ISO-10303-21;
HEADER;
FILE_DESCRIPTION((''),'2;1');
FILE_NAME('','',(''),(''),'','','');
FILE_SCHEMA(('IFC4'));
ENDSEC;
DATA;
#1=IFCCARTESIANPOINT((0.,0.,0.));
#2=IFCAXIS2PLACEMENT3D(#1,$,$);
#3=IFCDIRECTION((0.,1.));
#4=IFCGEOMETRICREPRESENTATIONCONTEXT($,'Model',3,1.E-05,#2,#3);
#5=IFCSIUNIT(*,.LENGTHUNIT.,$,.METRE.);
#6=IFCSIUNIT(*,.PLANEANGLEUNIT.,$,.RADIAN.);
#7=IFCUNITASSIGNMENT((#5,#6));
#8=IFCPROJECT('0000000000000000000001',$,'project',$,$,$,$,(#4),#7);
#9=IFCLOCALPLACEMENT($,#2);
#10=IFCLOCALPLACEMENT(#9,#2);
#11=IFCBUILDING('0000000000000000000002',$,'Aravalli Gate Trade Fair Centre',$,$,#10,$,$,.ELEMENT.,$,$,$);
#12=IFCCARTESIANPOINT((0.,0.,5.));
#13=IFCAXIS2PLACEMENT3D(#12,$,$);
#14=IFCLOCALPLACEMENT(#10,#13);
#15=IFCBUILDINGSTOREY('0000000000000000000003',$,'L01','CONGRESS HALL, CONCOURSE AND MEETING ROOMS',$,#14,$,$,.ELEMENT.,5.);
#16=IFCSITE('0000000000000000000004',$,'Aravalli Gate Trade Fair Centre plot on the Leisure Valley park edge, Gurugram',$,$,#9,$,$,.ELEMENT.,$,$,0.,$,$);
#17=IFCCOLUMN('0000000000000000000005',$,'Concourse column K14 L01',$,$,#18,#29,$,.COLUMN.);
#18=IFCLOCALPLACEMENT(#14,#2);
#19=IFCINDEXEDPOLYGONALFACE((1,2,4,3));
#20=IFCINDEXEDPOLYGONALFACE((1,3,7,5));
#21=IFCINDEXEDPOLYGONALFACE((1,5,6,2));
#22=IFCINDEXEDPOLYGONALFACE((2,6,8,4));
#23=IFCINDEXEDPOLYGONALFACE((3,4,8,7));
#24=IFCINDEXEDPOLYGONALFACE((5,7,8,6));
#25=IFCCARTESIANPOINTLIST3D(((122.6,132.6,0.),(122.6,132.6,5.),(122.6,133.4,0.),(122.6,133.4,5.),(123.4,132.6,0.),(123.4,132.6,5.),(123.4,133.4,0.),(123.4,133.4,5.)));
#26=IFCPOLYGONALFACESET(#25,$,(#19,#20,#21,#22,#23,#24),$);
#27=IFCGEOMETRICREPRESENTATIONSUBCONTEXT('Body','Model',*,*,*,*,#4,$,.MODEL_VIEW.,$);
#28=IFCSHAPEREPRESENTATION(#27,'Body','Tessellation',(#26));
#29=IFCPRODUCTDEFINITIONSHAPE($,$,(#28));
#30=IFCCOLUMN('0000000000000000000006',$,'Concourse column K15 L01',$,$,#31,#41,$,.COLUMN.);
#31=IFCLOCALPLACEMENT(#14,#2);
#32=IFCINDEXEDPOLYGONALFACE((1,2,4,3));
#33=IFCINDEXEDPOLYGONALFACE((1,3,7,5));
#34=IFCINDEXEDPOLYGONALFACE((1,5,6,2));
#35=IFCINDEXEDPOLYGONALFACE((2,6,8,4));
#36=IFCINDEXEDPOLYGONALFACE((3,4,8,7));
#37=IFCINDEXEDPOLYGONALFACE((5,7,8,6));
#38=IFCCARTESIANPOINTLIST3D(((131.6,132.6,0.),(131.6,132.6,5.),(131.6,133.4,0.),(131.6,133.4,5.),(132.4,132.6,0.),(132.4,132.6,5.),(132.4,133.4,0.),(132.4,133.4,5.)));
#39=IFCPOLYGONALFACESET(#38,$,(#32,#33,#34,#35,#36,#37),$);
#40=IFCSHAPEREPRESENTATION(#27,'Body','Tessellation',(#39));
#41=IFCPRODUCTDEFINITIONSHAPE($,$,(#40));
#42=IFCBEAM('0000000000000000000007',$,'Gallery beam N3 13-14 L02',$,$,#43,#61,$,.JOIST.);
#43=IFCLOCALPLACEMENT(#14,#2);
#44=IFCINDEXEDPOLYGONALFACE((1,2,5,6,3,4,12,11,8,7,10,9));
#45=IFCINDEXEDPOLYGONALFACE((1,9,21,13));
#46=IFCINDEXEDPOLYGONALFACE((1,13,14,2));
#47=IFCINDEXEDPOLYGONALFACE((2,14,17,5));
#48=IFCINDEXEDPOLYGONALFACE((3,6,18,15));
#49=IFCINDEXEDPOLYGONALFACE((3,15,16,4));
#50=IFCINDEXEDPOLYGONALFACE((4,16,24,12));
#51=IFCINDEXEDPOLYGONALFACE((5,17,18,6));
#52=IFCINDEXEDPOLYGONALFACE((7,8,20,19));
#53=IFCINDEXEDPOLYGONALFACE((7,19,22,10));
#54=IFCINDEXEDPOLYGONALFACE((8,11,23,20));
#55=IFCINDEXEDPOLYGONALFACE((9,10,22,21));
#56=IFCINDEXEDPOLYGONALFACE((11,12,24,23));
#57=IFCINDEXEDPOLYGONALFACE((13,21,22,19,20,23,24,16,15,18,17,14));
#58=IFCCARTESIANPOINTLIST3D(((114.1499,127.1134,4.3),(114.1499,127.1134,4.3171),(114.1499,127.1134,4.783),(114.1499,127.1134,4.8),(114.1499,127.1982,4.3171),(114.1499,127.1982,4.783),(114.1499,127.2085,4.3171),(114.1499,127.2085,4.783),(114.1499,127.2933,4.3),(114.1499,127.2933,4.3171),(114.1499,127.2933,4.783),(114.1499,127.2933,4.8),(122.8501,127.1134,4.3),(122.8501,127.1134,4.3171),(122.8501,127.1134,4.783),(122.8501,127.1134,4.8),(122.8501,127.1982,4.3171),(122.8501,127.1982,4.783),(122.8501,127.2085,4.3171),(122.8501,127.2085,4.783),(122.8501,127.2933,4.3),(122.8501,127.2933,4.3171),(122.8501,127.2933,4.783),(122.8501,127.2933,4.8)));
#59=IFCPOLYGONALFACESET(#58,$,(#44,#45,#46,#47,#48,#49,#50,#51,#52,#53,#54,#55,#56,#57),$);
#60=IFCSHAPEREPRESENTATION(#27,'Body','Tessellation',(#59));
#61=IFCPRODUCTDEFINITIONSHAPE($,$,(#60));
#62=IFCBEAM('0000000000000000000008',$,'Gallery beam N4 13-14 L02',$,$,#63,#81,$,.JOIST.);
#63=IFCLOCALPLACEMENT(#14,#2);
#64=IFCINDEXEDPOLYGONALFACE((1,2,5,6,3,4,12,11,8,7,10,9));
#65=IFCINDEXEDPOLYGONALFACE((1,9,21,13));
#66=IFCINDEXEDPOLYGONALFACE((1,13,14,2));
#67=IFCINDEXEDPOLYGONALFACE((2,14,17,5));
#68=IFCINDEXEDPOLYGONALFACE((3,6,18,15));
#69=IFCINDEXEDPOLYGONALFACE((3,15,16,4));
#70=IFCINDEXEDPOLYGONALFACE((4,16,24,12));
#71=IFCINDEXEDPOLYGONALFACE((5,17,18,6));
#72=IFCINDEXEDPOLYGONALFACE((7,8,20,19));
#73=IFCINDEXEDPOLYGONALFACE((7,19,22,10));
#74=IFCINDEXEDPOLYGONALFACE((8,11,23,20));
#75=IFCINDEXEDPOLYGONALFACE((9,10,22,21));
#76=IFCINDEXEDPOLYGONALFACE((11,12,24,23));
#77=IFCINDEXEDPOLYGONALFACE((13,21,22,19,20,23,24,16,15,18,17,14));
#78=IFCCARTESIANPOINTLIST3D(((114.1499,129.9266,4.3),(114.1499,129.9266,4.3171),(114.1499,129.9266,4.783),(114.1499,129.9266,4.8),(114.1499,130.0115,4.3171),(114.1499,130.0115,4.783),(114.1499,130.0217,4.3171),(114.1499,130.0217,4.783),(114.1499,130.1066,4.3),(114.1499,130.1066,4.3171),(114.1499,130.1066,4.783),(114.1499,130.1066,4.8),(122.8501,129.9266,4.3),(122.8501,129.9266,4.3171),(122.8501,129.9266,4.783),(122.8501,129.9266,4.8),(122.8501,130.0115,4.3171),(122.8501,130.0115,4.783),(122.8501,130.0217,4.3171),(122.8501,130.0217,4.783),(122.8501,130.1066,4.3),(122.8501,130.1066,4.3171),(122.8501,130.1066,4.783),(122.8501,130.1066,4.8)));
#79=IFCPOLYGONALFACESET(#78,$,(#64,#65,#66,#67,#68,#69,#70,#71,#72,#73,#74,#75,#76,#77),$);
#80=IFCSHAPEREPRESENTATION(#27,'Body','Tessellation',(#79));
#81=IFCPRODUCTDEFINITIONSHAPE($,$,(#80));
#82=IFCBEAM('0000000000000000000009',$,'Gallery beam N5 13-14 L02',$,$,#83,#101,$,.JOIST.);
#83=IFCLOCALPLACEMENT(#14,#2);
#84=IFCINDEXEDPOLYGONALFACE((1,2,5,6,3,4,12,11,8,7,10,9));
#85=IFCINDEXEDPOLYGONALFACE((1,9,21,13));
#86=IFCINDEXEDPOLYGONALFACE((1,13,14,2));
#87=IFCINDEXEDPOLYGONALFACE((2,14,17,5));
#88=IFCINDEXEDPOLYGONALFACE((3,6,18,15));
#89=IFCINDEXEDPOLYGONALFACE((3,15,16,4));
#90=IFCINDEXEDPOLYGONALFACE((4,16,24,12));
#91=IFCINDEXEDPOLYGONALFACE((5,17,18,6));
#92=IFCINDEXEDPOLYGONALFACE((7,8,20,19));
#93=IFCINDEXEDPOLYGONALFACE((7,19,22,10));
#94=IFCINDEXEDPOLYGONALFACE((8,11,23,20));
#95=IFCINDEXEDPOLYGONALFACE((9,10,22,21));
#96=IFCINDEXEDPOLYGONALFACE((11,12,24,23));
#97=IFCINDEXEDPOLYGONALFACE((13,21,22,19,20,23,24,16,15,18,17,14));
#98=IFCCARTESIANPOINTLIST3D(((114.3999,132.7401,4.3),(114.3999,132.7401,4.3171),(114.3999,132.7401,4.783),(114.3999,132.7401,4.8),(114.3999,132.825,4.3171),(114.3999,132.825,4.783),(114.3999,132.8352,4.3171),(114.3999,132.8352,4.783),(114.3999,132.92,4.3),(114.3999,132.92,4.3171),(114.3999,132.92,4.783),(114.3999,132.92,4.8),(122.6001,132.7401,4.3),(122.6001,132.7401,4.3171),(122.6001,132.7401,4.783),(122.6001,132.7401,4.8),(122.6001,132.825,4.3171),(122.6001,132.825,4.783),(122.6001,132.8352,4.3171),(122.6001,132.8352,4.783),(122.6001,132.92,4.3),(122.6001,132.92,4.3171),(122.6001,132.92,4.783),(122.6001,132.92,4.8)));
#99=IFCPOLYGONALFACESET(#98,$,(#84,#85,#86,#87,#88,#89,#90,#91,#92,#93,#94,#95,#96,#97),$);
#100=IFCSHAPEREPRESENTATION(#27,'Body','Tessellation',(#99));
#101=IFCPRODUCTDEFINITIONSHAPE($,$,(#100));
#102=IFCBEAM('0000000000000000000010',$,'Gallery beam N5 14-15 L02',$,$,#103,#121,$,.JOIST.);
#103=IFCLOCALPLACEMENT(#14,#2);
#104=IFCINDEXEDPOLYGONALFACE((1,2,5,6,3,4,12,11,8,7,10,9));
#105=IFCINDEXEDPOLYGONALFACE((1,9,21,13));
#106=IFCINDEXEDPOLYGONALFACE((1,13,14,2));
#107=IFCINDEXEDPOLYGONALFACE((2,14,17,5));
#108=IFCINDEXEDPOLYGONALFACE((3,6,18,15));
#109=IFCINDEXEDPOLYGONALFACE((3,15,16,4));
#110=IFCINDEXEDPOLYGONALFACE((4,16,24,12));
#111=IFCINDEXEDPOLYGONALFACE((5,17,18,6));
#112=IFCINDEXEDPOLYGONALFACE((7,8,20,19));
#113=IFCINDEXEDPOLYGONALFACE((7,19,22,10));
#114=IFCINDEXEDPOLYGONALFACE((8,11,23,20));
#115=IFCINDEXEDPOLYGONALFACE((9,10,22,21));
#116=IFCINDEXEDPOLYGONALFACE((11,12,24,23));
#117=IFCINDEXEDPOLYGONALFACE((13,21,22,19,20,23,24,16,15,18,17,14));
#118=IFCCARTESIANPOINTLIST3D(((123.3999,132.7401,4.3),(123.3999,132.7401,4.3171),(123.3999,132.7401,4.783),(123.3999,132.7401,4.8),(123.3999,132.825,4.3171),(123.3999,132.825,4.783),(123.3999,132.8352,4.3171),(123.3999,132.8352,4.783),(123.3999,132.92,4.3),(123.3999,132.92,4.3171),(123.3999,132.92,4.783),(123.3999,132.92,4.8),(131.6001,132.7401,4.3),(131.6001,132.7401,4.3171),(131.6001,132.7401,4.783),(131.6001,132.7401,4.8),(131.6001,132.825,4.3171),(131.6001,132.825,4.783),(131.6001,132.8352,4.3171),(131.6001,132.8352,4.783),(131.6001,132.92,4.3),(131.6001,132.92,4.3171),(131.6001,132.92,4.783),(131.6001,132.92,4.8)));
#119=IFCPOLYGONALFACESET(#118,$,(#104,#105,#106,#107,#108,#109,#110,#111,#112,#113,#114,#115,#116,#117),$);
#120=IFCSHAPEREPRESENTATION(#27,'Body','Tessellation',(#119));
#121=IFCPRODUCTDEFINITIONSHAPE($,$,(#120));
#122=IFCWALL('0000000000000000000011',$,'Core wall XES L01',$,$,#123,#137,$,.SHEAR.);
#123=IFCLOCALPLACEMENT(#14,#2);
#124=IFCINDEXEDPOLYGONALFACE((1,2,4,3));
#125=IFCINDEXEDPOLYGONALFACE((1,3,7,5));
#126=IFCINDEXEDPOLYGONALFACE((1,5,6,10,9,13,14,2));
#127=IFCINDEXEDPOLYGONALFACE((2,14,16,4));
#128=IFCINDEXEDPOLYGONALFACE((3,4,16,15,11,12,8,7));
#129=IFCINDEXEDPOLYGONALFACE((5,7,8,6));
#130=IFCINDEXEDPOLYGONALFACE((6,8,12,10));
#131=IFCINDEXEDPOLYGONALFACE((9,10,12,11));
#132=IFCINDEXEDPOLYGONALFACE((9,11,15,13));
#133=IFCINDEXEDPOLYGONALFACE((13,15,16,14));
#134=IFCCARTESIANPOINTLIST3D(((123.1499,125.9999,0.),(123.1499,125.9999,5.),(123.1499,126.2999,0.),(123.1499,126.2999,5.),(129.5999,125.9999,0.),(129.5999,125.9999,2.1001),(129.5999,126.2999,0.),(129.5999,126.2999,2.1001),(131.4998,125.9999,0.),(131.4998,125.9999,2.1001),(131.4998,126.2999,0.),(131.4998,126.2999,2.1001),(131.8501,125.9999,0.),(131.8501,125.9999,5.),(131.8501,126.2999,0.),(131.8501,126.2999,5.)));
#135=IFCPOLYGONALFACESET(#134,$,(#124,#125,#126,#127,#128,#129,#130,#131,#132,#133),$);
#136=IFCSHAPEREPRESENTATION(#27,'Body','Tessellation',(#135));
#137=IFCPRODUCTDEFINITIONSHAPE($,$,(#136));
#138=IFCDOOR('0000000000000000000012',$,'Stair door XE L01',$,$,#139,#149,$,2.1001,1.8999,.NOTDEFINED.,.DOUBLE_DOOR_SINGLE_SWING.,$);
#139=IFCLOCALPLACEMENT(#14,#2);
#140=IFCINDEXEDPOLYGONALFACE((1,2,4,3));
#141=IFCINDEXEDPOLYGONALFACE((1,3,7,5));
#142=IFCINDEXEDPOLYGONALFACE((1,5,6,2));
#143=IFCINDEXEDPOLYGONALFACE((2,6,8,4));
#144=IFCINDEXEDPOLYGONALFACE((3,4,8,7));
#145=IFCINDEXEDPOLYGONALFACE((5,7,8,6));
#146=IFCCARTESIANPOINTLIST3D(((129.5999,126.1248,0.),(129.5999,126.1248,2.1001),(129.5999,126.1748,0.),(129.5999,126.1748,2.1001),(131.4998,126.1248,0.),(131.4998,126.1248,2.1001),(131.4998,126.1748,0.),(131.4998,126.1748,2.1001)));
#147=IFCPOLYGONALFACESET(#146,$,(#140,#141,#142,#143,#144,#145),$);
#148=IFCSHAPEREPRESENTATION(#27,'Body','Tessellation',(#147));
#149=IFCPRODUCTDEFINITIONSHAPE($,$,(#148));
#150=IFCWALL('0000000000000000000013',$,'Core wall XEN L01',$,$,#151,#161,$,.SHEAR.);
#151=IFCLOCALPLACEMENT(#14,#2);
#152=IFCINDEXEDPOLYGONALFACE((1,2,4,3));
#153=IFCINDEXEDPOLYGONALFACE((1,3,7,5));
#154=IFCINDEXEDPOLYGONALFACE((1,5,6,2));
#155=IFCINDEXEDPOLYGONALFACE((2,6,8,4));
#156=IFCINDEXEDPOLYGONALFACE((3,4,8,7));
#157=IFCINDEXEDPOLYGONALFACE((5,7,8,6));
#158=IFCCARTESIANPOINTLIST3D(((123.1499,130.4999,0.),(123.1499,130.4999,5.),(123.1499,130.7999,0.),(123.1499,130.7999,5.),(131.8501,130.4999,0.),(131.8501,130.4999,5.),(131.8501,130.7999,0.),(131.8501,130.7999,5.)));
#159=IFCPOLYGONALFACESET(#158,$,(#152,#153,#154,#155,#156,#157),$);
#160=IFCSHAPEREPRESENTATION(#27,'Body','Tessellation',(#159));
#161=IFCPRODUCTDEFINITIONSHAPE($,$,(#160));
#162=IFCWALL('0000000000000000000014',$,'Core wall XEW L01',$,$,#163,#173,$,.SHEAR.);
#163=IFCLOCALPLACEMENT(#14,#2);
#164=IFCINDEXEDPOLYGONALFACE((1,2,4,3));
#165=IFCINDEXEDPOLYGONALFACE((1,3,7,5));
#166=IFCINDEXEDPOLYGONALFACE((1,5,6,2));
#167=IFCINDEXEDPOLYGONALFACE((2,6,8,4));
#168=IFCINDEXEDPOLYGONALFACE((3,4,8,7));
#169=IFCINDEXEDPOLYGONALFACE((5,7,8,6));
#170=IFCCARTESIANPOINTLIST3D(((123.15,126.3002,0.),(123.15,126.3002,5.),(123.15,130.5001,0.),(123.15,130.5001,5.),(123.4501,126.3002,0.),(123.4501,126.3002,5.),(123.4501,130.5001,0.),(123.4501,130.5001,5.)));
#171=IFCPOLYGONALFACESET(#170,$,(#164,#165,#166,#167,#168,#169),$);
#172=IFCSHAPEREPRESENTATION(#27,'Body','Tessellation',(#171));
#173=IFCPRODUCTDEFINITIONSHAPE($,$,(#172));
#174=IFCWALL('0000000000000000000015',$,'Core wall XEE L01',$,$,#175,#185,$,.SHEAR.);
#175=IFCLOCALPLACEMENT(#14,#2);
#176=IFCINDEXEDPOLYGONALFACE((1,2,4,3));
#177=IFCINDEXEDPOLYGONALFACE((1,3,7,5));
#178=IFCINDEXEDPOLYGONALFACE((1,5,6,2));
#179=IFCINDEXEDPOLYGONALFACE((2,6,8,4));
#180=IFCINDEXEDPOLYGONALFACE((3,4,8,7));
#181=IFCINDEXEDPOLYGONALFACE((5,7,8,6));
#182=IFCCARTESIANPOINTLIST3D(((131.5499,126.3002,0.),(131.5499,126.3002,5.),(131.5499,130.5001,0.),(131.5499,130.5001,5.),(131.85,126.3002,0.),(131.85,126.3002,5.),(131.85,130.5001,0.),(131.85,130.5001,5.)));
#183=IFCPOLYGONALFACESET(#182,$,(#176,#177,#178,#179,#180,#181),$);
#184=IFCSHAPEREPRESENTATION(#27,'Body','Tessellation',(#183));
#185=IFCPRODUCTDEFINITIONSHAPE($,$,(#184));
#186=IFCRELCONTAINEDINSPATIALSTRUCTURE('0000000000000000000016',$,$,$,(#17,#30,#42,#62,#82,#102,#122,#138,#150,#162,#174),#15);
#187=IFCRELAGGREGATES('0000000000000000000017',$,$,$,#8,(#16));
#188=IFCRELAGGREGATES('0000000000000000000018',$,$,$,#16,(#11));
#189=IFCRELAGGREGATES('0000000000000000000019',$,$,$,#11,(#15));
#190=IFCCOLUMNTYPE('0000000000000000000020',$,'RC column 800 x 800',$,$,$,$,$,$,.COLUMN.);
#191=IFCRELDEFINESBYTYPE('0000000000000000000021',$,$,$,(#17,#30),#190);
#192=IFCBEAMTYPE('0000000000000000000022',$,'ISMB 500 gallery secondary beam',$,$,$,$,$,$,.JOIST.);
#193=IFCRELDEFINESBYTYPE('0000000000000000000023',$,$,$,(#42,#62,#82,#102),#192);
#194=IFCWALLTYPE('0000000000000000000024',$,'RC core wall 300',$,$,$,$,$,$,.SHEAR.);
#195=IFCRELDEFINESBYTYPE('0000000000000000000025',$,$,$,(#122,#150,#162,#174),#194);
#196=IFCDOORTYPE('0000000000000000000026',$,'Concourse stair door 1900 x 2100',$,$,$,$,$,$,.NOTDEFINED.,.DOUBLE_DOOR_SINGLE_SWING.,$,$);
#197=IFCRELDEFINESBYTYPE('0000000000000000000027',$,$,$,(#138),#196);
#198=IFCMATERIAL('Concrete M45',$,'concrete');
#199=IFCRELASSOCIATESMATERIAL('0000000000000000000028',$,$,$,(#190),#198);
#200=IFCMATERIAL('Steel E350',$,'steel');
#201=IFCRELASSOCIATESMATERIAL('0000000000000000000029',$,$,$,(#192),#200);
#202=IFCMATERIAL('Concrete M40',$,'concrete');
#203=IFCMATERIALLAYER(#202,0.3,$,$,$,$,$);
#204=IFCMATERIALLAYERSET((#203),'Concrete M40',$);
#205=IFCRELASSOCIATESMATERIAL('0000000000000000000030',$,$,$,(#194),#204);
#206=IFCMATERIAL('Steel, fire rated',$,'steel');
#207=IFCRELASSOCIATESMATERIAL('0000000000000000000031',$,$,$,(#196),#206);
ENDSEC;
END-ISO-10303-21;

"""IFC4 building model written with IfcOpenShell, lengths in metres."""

from ifc_helpers import new_model, si_unit, direction, frame, frame_2d, origin, origin_2d, place, context, subcontext, project, spatial, rectangle, i_section, extrude, material, layer, layer_set, material_profile, profile_set, type_object, element, fill, save


model = new_model("IFC4")

# Units and contexts
model_context = context("Model", 3, precision=1e-05, world=origin(), true_north=direction((0.0, 1.0)))
body_context = subcontext(model_context, "Body", "Model", "MODEL_VIEW")
ifc_project = project(units=[si_unit("LENGTHUNIT", "METRE"), si_unit("PLANEANGLEUNIT", "RADIAN")], contexts=[model_context])

# Site, building, storey
site_placement = place(None, origin())
site = spatial("IfcSite", under=ifc_project, at=site_placement, Name="Aravalli Gate Trade Fair Centre plot on the Leisure Valley park edge, Gurugram", CompositionType="ELEMENT", RefElevation=0.0)
building_placement = place(site_placement, origin())
building = spatial("IfcBuilding", under=site, at=building_placement, Name="Aravalli Gate Trade Fair Centre", CompositionType="ELEMENT")
storey_placement = place(building_placement, frame((0.0, 0.0, 5.0)))
storey = spatial("IfcBuildingStorey", under=building, at=storey_placement, Name="L01", Description="CONGRESS HALL, CONCOURSE AND MEETING ROOMS", CompositionType="ELEMENT", Elevation=5.0)

# Columns
ifc_material_1 = material(Name="Concrete M45", Category="concrete")
ifc_material_profile_1 = material_profile(ifc_material_1, rectangle(XDim=0.8, YDim=0.8, at=origin_2d()), Name="RC column 800 x 800")
ifc_profile_set_1 = profile_set([ifc_material_profile_1], Name="Concrete M45")
column_type = type_object("IfcColumnType", Name="RC column 800 x 800", PredefinedType="COLUMN", material=ifc_profile_set_1)
for number, where, z_axis, x_axis, name in (
    (1, (123.0, 133.0, 0.0), (0.0, 0.0, 1.0), (1.0, 0.0, 0.0), "Concourse column K14 L01"),
    (2, (132.0, 133.0, 0.0), (0.0, 0.0, 1.0), (1.0, 0.0, 0.0), "Concourse column K15 L01"),
):
    element("IfcColumn", number, at=place(storey_placement, frame(where, z_axis=z_axis, x_axis=x_axis)), inside=storey, type_object=column_type, Name=name, PredefinedType="COLUMN", context=body_context, shape_type="SweptSolid", body=[
        extrude(rectangle(XDim=0.8, YDim=0.8, at=origin_2d()), origin(), (0.0, 0.0, 1.0), 5.0),
    ])

# Beams
ifc_material_2 = material(Name="Steel E350", Category="steel")
ifc_material_profile_2 = material_profile(ifc_material_2, i_section(OverallWidth=0.1799, OverallDepth=0.5, WebThickness=0.0103, FlangeThickness=0.0171, at=origin_2d()), Name="ISMB 500")
ifc_profile_set_2 = profile_set([ifc_material_profile_2], Name="Steel E350")
beam_type = type_object("IfcBeamType", Name="ISMB 500 gallery secondary beam", PredefinedType="JOIST", material=ifc_profile_set_2)
for number, where, z_axis, x_axis, name in (
    (3, (114.1499, 127.2034, 4.55), (1.0, 0.0, 0.0), (0.0, 1.0, 0.0), "Gallery beam N3 13-14 L02"),
    (4, (114.1499, 130.0166, 4.55), (1.0, 0.0, 0.0), (0.0, 1.0, 0.0), "Gallery beam N4 13-14 L02"),
):
    element("IfcBeam", number, at=place(storey_placement, frame(where, z_axis=z_axis, x_axis=x_axis)), inside=storey, type_object=beam_type, Name=name, PredefinedType="JOIST", context=body_context, shape_type="SweptSolid", body=[
        extrude(i_section(OverallWidth=0.1799, OverallDepth=0.5, WebThickness=0.0103, FlangeThickness=0.0171, at=origin_2d()), origin(), (0.0, 0.0, 1.0), 8.7002),
    ])
for number, where, z_axis, x_axis, name in (
    (5, (114.3999, 132.8301, 4.55), (1.0, 0.0, 0.0), (0.0, 1.0, 0.0), "Gallery beam N5 13-14 L02"),
    (6, (123.3999, 132.8301, 4.55), (1.0, 0.0, 0.0), (0.0, 1.0, 0.0), "Gallery beam N5 14-15 L02"),
):
    element("IfcBeam", number, at=place(storey_placement, frame(where, z_axis=z_axis, x_axis=x_axis)), inside=storey, type_object=beam_type, Name=name, PredefinedType="JOIST", context=body_context, shape_type="SweptSolid", body=[
        extrude(i_section(OverallWidth=0.1799, OverallDepth=0.5, WebThickness=0.0103, FlangeThickness=0.0171, at=origin_2d()), origin(), (0.0, 0.0, 1.0), 8.2002),
    ])

# Wall, opening, door
ifc_material_3 = material(Name="Concrete M40", Category="concrete")
ifc_layer = layer(ifc_material_3, 0.3)
ifc_layer_set = layer_set([ifc_layer], Name="Concrete M40")
wall_type = type_object("IfcWallType", Name="RC core wall 300", PredefinedType="SHEAR", material=ifc_layer_set)
wall_1_placement = place(storey_placement, frame((123.1499, 126.1499, 0.0), z_axis=(0.0, 0.0, 1.0), x_axis=(1.0, 0.0, 0.0)))
wall_1 = element("IfcWall", 7, at=wall_1_placement, inside=storey, type_object=wall_type, Name="Core wall XES L01", PredefinedType="SHEAR", context=body_context, shape_type="SweptSolid", body=[
    extrude(rectangle(XDim=8.7002, YDim=0.3, at=frame_2d((4.3501, 0.0))), origin(), (0.0, 0.0, 1.0), 5.0),
])
opening_placement = place(wall_1_placement, frame((6.45, 0.0, 0.0)))
opening = element("IfcOpeningElement", 8, at=opening_placement, cuts=wall_1, PredefinedType="OPENING", context=body_context, shape_type="SweptSolid", body=[
    extrude(rectangle(XDim=1.8999, YDim=2.1001, at=frame_2d((0.95, 1.05))), frame((0.0, 0.1599, 0.0), z_axis=(0.0, -1.0, 0.0), x_axis=(1.0, 0.0, 0.0)), (0.0, 0.0, 1.0), 0.3201),
])
ifc_material_4 = material(Name="Steel, fire rated", Category="steel")
door_type = type_object("IfcDoorType", Name="Concourse stair door 1900 x 2100", OperationType="DOUBLE_DOOR_SINGLE_SWING", PredefinedType="NOTDEFINED", material=ifc_material_4)
door_placement = place(opening_placement, origin())
door = element("IfcDoor", 9, at=door_placement, inside=storey, type_object=door_type, Name="Stair door XE L01", OperationType="DOUBLE_DOOR_SINGLE_SWING", OverallHeight=2.1001, OverallWidth=1.8999, PredefinedType="NOTDEFINED", context=body_context, shape_type="SweptSolid", body=[
    extrude(rectangle(XDim=1.8999, YDim=2.1001, at=frame_2d((0.95, 1.05))), frame((0.0, 0.0249, 0.0), z_axis=(0.0, -1.0, 0.0), x_axis=(1.0, 0.0, 0.0)), (0.0, 0.0, 1.0), 0.05),
])
fill(opening, door)

# Walls
wall_2_placement = place(storey_placement, frame((123.1499, 130.6499, 0.0), z_axis=(0.0, 0.0, 1.0), x_axis=(1.0, 0.0, 0.0)))
element("IfcWall", 10, at=wall_2_placement, inside=storey, type_object=wall_type, Name="Core wall XEN L01", PredefinedType="SHEAR", context=body_context, shape_type="SweptSolid", body=[
    extrude(rectangle(XDim=8.7002, YDim=0.3, at=frame_2d((4.3501, 0.0))), origin(), (0.0, 0.0, 1.0), 5.0),
])
for number, where, z_axis, x_axis, name in (
    (11, (123.3, 126.3, 0.0), (0.0, 0.0, 1.0), (0.0, 1.0, 0.0), "Core wall XEW L01"),
    (12, (131.7, 126.3, 0.0), (0.0, 0.0, 1.0), (0.0, 1.0, 0.0), "Core wall XEE L01"),
):
    element("IfcWall", number, at=place(storey_placement, frame(where, z_axis=z_axis, x_axis=x_axis)), inside=storey, type_object=wall_type, Name=name, PredefinedType="SHEAR", context=body_context, shape_type="SweptSolid", body=[
        extrude(rectangle(XDim=4.2, YDim=0.3, at=frame_2d((2.1001, 0.0))), origin(), (0.0, 0.0, 1.0), 5.0),
    ])

save(model, "model.ifc")
